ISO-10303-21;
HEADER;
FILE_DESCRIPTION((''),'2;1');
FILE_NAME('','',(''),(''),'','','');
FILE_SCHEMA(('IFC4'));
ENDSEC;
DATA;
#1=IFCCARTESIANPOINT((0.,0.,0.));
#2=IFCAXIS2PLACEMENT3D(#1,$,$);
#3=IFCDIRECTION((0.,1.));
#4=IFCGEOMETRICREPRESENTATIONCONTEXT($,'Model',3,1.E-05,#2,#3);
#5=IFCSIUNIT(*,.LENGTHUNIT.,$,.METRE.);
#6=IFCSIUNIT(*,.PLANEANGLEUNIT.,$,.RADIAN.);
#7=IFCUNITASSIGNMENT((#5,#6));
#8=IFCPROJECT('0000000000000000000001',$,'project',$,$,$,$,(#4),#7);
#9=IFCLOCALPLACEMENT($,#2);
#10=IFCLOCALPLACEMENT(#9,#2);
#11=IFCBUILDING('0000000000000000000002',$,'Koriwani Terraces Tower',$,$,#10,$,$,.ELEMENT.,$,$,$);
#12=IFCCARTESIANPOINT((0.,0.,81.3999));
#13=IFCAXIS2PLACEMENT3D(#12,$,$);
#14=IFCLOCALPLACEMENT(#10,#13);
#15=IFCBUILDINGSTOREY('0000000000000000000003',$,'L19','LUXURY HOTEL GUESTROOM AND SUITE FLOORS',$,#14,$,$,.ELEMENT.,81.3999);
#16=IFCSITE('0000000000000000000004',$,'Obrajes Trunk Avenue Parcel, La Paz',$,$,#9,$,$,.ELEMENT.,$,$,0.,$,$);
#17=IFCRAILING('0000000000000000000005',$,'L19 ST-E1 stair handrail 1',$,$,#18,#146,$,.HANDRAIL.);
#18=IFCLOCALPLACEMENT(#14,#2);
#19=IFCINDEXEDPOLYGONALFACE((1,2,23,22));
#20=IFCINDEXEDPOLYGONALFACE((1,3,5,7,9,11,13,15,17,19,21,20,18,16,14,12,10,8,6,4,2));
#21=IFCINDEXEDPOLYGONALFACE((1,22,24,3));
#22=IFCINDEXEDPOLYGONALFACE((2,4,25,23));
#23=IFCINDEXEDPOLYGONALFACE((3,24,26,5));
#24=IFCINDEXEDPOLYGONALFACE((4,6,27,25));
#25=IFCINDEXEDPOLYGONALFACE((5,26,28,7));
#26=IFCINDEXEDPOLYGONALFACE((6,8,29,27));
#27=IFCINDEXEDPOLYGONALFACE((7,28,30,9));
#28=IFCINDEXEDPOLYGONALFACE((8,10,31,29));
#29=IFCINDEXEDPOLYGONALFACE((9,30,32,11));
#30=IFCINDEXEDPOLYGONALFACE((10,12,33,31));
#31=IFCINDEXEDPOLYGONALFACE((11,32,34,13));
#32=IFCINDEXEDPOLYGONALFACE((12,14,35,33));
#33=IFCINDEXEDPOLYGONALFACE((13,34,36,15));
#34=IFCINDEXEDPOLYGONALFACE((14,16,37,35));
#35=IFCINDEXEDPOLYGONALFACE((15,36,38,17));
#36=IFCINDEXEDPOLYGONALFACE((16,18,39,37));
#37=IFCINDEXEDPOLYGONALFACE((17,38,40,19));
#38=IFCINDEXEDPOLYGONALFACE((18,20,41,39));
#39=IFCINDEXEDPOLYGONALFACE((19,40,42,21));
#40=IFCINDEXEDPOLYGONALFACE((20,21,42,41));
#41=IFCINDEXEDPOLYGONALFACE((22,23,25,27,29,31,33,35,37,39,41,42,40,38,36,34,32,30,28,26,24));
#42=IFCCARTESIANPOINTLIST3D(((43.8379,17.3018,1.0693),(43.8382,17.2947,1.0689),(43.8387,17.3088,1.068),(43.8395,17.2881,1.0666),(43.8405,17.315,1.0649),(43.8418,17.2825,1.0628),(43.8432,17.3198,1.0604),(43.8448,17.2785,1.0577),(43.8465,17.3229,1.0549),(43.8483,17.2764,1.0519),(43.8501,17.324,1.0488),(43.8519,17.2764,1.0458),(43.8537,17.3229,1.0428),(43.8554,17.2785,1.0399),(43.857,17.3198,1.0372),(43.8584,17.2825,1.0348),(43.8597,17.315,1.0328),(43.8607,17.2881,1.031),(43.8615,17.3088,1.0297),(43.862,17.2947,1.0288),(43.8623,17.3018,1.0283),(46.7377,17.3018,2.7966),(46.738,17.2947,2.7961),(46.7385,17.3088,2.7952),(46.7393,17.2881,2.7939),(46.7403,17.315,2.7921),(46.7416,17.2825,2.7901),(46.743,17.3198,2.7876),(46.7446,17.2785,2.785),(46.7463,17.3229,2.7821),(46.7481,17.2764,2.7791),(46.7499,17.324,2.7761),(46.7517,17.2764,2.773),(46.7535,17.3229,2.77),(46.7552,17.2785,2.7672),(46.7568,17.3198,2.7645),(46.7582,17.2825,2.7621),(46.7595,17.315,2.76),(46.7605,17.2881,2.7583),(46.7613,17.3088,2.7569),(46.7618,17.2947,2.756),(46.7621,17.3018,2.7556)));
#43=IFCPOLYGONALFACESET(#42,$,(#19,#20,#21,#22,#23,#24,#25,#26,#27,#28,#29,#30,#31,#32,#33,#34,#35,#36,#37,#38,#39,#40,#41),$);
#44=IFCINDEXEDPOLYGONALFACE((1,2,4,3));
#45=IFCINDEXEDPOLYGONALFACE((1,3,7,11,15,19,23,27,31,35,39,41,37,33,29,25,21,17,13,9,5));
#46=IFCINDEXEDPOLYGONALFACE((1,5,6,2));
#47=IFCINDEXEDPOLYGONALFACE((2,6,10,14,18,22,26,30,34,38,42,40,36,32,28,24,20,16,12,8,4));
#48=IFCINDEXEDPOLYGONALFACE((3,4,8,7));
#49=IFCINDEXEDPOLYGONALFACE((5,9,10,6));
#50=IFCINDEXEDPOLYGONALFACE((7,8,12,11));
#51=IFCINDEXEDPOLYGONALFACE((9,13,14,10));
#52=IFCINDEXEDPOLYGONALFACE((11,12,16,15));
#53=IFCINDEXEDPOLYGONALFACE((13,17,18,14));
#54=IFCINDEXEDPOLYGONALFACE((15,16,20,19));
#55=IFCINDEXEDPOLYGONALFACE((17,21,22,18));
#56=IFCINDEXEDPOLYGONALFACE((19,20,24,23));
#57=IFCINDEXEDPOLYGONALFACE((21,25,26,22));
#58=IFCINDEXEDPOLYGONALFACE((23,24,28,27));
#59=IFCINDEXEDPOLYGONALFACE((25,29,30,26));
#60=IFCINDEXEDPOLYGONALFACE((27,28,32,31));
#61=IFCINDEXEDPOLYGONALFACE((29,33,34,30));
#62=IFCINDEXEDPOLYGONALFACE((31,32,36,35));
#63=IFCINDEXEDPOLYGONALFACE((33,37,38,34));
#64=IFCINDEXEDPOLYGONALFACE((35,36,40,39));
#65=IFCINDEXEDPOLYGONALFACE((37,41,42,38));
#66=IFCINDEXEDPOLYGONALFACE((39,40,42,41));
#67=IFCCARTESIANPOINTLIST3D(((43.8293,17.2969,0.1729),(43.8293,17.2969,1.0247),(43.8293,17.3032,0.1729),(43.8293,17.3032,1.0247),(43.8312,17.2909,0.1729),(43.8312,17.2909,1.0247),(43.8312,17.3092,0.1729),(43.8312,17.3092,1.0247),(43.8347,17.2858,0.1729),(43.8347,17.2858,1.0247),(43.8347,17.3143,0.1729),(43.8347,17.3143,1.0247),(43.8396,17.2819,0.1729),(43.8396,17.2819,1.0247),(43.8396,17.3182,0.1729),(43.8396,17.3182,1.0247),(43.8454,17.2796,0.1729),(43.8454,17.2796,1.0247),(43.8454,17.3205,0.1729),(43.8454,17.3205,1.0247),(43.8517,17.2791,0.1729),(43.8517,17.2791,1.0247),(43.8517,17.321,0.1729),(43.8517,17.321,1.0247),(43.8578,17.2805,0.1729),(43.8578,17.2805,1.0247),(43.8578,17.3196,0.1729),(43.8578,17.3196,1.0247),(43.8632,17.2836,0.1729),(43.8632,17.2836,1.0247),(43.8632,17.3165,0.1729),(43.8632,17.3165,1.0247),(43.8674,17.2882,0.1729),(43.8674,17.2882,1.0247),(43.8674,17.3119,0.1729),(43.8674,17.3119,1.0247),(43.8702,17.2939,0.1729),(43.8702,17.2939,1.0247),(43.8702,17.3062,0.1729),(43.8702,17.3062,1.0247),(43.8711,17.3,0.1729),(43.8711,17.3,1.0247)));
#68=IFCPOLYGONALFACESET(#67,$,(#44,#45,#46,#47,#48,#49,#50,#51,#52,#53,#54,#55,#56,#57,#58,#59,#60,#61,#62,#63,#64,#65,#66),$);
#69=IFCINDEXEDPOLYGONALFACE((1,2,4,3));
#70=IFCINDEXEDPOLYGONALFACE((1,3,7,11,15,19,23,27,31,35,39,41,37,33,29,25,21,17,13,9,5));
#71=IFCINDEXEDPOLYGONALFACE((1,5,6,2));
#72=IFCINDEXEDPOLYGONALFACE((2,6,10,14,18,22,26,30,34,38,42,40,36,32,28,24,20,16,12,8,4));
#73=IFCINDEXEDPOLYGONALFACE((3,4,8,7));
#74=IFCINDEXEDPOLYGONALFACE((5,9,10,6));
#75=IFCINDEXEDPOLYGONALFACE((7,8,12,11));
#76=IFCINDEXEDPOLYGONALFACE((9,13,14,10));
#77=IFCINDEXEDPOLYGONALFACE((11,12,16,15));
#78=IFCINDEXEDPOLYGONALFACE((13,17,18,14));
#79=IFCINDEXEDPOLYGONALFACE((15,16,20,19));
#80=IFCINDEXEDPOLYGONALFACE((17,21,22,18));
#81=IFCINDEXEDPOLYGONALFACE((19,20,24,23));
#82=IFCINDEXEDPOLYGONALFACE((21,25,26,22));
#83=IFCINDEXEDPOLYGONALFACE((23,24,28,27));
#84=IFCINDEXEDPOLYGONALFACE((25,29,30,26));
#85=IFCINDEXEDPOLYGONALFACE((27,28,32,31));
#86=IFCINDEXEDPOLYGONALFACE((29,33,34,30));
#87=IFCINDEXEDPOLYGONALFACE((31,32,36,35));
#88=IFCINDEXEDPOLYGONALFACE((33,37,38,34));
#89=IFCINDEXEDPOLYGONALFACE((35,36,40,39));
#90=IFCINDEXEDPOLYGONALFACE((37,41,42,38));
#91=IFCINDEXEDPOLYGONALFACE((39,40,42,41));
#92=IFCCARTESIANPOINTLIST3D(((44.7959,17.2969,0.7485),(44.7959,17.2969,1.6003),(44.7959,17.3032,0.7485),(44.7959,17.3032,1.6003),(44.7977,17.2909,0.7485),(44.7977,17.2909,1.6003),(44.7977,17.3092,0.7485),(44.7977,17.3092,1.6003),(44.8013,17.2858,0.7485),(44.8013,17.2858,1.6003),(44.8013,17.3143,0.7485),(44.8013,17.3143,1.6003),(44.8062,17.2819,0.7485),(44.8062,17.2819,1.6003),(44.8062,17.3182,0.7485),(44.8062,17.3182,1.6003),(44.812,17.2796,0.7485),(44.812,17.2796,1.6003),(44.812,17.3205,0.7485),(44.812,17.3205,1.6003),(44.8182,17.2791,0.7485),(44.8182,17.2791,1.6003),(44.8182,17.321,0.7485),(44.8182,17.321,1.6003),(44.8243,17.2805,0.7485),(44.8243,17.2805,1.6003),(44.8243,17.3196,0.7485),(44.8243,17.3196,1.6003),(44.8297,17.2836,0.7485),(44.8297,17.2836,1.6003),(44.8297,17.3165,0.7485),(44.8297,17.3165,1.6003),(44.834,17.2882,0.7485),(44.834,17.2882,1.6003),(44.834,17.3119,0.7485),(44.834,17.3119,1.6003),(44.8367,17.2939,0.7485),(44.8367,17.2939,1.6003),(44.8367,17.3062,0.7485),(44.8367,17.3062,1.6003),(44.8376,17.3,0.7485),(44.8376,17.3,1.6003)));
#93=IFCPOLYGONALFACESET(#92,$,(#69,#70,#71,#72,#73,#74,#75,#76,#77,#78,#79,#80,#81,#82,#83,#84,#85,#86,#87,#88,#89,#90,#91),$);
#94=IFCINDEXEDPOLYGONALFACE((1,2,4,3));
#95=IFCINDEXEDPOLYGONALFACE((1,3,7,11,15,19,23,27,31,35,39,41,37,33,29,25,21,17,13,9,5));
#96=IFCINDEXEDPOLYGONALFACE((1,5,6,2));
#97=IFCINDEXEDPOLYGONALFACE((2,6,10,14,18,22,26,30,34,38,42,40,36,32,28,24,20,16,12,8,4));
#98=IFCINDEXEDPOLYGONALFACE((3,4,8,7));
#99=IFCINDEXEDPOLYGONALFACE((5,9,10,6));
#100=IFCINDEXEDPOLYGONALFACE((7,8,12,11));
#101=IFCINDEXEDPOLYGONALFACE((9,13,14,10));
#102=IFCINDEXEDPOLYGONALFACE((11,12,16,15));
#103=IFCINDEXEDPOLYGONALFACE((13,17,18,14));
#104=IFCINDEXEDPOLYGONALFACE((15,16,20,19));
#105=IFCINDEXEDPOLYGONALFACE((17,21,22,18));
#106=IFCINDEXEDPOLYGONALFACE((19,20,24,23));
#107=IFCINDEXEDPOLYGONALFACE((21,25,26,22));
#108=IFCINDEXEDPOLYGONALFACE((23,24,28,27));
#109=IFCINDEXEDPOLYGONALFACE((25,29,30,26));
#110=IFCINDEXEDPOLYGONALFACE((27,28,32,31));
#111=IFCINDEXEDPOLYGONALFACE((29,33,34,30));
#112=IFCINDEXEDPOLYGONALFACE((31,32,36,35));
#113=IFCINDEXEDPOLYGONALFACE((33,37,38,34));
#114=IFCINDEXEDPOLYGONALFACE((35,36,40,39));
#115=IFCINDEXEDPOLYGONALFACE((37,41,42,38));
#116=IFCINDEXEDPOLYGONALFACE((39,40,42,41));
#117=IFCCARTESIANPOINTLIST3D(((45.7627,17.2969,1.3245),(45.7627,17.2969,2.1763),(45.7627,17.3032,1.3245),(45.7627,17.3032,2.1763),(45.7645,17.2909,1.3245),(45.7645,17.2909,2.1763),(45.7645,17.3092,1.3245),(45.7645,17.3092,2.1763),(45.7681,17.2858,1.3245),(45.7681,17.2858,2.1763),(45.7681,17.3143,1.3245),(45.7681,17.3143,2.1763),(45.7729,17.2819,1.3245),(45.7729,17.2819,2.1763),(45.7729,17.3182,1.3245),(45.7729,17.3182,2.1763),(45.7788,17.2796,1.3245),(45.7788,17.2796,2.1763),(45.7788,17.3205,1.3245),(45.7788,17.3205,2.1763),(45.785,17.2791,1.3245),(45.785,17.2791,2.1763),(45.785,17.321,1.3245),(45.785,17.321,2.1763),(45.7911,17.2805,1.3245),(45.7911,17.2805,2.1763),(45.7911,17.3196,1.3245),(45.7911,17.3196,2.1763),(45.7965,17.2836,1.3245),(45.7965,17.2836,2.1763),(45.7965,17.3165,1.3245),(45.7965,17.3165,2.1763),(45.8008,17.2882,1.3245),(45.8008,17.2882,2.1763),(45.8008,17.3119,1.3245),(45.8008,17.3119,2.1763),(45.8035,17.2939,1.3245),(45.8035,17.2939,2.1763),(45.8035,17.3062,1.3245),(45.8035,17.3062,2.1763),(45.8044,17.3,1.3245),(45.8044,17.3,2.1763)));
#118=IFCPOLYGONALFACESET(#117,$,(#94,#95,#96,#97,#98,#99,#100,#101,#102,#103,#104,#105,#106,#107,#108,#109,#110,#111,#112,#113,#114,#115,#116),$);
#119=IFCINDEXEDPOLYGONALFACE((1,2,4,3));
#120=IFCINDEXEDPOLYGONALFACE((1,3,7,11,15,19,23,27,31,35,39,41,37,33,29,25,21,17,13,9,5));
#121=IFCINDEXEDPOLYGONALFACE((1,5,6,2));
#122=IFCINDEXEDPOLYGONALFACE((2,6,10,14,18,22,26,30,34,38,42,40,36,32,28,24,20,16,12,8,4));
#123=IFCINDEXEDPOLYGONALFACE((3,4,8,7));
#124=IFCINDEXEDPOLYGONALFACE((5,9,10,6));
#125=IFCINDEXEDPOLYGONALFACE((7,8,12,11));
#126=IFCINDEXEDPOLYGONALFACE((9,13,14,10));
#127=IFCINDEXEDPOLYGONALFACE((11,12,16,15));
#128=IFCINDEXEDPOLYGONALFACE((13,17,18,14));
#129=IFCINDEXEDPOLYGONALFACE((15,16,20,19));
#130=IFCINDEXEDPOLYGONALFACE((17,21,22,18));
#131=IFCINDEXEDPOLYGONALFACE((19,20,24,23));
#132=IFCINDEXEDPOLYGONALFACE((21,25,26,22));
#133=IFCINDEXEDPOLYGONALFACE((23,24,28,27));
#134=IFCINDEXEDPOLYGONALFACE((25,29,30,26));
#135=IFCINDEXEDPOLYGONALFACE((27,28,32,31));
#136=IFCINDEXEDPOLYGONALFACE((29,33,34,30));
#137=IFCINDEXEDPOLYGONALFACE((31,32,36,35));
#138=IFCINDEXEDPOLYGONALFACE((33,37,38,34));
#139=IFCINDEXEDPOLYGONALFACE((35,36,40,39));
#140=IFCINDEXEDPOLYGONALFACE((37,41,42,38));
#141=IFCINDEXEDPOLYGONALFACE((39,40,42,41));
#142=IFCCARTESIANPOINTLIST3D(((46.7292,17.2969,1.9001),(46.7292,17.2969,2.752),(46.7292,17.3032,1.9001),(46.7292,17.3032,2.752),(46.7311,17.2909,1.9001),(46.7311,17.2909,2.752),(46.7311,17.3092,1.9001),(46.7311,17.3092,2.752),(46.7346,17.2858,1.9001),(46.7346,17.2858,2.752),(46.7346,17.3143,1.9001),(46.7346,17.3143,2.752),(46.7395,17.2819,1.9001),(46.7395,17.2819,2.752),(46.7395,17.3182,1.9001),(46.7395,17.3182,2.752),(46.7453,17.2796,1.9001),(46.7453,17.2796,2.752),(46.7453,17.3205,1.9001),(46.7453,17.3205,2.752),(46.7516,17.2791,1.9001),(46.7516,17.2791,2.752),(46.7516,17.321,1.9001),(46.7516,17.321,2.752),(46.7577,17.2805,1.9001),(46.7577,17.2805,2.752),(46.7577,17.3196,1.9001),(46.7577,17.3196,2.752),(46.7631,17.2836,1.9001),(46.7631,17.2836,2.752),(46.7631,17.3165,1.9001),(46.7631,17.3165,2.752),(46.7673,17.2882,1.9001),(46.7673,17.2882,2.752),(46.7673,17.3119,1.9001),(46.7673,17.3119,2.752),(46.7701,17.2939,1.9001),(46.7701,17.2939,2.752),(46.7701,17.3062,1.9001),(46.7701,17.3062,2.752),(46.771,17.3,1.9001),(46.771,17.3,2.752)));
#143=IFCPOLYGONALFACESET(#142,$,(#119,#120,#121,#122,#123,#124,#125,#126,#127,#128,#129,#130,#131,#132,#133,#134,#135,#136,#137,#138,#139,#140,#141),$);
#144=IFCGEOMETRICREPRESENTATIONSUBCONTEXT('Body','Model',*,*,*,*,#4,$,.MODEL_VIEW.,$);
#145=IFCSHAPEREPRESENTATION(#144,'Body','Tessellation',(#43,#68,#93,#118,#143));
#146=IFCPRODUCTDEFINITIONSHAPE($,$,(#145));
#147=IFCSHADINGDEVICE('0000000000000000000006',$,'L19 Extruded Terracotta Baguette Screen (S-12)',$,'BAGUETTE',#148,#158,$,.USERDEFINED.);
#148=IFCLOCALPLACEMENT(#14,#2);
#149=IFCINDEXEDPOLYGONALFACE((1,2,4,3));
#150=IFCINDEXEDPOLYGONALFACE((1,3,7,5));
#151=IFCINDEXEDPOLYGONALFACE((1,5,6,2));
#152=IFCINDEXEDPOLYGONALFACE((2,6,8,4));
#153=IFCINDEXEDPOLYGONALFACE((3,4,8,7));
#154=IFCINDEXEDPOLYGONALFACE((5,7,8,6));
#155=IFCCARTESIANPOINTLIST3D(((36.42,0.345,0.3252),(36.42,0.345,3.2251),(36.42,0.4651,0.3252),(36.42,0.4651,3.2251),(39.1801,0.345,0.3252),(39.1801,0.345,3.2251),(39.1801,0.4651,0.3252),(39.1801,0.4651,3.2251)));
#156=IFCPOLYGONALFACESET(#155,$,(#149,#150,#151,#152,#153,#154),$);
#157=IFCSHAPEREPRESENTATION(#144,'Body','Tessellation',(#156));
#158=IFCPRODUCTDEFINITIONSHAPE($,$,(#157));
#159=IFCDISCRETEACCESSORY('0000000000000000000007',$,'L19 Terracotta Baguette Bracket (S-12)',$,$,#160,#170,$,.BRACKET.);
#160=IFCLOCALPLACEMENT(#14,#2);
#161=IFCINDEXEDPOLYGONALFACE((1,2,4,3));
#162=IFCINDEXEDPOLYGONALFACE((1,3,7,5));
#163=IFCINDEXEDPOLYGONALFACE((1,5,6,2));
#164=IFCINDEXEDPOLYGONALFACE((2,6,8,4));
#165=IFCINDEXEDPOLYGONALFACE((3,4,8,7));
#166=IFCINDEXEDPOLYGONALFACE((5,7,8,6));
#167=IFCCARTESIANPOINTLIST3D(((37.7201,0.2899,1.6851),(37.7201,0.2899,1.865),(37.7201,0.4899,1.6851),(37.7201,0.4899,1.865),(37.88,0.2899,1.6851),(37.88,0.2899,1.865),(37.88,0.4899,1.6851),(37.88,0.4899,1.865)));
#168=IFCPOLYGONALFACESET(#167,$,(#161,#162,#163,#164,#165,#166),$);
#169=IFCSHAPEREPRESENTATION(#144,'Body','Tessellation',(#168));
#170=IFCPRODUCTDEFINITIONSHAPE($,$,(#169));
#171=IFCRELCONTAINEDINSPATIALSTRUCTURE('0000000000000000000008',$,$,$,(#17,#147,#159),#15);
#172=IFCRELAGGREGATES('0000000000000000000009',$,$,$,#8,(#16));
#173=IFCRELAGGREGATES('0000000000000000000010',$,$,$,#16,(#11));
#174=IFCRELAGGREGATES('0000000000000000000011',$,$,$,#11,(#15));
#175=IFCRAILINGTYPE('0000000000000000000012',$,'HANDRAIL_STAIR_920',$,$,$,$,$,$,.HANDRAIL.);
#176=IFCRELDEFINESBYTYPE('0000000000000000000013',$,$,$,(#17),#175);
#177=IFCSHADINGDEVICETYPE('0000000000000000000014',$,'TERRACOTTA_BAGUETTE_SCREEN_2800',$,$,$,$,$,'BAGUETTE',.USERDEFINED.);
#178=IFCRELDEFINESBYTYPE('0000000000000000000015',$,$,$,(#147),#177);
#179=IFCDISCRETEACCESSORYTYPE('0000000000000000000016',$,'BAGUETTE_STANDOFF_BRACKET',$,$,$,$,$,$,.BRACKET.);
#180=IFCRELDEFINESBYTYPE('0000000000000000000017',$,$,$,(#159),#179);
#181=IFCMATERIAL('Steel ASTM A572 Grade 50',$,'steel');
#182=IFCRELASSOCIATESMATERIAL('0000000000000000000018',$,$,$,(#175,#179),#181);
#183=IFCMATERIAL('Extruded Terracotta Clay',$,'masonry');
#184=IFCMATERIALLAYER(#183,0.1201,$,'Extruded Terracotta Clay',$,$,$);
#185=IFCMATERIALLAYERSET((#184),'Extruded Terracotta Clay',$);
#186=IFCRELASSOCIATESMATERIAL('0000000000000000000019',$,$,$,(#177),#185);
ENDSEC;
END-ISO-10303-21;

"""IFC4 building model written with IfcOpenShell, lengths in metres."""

from ifc_helpers import new_model, si_unit, direction, frame, origin, origin_2d, place, context, subcontext, project, spatial, rectangle, circle, extrude, material, layer, layer_set, type_object, element, save


model = new_model("IFC4")

# Units and contexts
model_context = context("Model", 3, precision=1e-05, world=origin(), true_north=direction((0.0, 1.0)))
body_context = subcontext(model_context, "Body", "Model", "MODEL_VIEW")
ifc_project = project(units=[si_unit("LENGTHUNIT", "METRE"), si_unit("PLANEANGLEUNIT", "RADIAN")], contexts=[model_context])

# Site, building, storey
site_placement = place(None, origin())
site = spatial("IfcSite", under=ifc_project, at=site_placement, Name="Obrajes Trunk Avenue Parcel, La Paz", CompositionType="ELEMENT", RefElevation=0.0)
building_placement = place(site_placement, origin())
building = spatial("IfcBuilding", under=site, at=building_placement, Name="Koriwani Terraces Tower", CompositionType="ELEMENT")
storey_placement = place(building_placement, frame((0.0, 0.0, 81.3999)))
storey = spatial("IfcBuildingStorey", under=building, at=storey_placement, Name="L19", Description="LUXURY HOTEL GUESTROOM AND SUITE FLOORS", CompositionType="ELEMENT", Elevation=81.3999)

# Shared definitions
ifc_material_1 = material(Name="Steel ASTM A572 Grade 50", Category="steel")

# Railing
railing_type = type_object("IfcRailingType", Name="HANDRAIL_STAIR_920", PredefinedType="HANDRAIL", material=ifc_material_1)
railing_placement = place(storey_placement, frame((43.8501, 17.3, 0.1729)))
element("IfcRailing", 1, at=railing_placement, inside=storey, type_object=railing_type, Name="L19 ST-E1 stair handrail 1", PredefinedType="HANDRAIL", context=body_context, shape_type="SweptSolid", body=[
    extrude(circle(Radius=0.0239, at=origin_2d()), frame((0.0, 0.0, 0.876), z_axis=(0.859141, 0.0, 0.511738), x_axis=(0.0, 1.0, 0.0)), (0.0, 0.0, 1.0), 3.3752),
    extrude(circle(Radius=0.021, at=origin_2d()), origin(), (0.0, 0.0, 1.0), 0.8518),
    extrude(circle(Radius=0.021, at=origin_2d()), frame((0.9666, 0.0, 0.5757)), (0.0, 0.0, 1.0), 0.8518),
    extrude(circle(Radius=0.021, at=origin_2d()), frame((1.9333, 0.0, 1.1516)), (0.0, 0.0, 1.0), 0.8518),
    extrude(circle(Radius=0.021, at=origin_2d()), frame((2.8999, 0.0, 1.7273)), (0.0, 0.0, 1.0), 0.8518),
])

# Shading device
ifc_material_2 = material(Name="Extruded Terracotta Clay", Category="masonry")
ifc_layer_1 = layer(ifc_material_2, 0.1201, Name="Extruded Terracotta Clay")
ifc_layer_set_1 = layer_set([ifc_layer_1], Name="Extruded Terracotta Clay")
shading_device_type = type_object("IfcShadingDeviceType", Name="TERRACOTTA_BAGUETTE_SCREEN_2800", ElementType="BAGUETTE", PredefinedType="USERDEFINED", material=ifc_layer_set_1)
shading_device_placement = place(storey_placement, frame((37.8, 0.405, 0.3252), z_axis=(0.0, 0.0, 1.0), x_axis=(-1.0, 0.0, 0.0)))
element("IfcShadingDevice", 2, at=shading_device_placement, inside=storey, type_object=shading_device_type, Name="L19 Extruded Terracotta Baguette Screen (S-12)", ObjectType="BAGUETTE", PredefinedType="USERDEFINED", context=body_context, shape_type="SweptSolid", body=[
    extrude(rectangle(XDim=2.76, YDim=0.1201, at=origin_2d()), origin(), (0.0, 0.0, 1.0), 2.8999),
])

# Discrete accessory
discrete_accessory_type = type_object("IfcDiscreteAccessoryType", Name="BAGUETTE_STANDOFF_BRACKET", PredefinedType="BRACKET", material=ifc_material_1)
discrete_accessory_placement = place(storey_placement, frame((37.8, 0.3899, 1.6851), z_axis=(0.0, 0.0, 1.0), x_axis=(-1.0, 0.0, 0.0)))
element("IfcDiscreteAccessory", 3, at=discrete_accessory_placement, inside=storey, type_object=discrete_accessory_type, Name="L19 Terracotta Baguette Bracket (S-12)", PredefinedType="BRACKET", context=body_context, shape_type="SweptSolid", body=[
    extrude(rectangle(XDim=0.1599, YDim=0.2, at=origin_2d()), origin(), (0.0, 0.0, 1.0), 0.1799),
])

save(model, "model.ifc")
